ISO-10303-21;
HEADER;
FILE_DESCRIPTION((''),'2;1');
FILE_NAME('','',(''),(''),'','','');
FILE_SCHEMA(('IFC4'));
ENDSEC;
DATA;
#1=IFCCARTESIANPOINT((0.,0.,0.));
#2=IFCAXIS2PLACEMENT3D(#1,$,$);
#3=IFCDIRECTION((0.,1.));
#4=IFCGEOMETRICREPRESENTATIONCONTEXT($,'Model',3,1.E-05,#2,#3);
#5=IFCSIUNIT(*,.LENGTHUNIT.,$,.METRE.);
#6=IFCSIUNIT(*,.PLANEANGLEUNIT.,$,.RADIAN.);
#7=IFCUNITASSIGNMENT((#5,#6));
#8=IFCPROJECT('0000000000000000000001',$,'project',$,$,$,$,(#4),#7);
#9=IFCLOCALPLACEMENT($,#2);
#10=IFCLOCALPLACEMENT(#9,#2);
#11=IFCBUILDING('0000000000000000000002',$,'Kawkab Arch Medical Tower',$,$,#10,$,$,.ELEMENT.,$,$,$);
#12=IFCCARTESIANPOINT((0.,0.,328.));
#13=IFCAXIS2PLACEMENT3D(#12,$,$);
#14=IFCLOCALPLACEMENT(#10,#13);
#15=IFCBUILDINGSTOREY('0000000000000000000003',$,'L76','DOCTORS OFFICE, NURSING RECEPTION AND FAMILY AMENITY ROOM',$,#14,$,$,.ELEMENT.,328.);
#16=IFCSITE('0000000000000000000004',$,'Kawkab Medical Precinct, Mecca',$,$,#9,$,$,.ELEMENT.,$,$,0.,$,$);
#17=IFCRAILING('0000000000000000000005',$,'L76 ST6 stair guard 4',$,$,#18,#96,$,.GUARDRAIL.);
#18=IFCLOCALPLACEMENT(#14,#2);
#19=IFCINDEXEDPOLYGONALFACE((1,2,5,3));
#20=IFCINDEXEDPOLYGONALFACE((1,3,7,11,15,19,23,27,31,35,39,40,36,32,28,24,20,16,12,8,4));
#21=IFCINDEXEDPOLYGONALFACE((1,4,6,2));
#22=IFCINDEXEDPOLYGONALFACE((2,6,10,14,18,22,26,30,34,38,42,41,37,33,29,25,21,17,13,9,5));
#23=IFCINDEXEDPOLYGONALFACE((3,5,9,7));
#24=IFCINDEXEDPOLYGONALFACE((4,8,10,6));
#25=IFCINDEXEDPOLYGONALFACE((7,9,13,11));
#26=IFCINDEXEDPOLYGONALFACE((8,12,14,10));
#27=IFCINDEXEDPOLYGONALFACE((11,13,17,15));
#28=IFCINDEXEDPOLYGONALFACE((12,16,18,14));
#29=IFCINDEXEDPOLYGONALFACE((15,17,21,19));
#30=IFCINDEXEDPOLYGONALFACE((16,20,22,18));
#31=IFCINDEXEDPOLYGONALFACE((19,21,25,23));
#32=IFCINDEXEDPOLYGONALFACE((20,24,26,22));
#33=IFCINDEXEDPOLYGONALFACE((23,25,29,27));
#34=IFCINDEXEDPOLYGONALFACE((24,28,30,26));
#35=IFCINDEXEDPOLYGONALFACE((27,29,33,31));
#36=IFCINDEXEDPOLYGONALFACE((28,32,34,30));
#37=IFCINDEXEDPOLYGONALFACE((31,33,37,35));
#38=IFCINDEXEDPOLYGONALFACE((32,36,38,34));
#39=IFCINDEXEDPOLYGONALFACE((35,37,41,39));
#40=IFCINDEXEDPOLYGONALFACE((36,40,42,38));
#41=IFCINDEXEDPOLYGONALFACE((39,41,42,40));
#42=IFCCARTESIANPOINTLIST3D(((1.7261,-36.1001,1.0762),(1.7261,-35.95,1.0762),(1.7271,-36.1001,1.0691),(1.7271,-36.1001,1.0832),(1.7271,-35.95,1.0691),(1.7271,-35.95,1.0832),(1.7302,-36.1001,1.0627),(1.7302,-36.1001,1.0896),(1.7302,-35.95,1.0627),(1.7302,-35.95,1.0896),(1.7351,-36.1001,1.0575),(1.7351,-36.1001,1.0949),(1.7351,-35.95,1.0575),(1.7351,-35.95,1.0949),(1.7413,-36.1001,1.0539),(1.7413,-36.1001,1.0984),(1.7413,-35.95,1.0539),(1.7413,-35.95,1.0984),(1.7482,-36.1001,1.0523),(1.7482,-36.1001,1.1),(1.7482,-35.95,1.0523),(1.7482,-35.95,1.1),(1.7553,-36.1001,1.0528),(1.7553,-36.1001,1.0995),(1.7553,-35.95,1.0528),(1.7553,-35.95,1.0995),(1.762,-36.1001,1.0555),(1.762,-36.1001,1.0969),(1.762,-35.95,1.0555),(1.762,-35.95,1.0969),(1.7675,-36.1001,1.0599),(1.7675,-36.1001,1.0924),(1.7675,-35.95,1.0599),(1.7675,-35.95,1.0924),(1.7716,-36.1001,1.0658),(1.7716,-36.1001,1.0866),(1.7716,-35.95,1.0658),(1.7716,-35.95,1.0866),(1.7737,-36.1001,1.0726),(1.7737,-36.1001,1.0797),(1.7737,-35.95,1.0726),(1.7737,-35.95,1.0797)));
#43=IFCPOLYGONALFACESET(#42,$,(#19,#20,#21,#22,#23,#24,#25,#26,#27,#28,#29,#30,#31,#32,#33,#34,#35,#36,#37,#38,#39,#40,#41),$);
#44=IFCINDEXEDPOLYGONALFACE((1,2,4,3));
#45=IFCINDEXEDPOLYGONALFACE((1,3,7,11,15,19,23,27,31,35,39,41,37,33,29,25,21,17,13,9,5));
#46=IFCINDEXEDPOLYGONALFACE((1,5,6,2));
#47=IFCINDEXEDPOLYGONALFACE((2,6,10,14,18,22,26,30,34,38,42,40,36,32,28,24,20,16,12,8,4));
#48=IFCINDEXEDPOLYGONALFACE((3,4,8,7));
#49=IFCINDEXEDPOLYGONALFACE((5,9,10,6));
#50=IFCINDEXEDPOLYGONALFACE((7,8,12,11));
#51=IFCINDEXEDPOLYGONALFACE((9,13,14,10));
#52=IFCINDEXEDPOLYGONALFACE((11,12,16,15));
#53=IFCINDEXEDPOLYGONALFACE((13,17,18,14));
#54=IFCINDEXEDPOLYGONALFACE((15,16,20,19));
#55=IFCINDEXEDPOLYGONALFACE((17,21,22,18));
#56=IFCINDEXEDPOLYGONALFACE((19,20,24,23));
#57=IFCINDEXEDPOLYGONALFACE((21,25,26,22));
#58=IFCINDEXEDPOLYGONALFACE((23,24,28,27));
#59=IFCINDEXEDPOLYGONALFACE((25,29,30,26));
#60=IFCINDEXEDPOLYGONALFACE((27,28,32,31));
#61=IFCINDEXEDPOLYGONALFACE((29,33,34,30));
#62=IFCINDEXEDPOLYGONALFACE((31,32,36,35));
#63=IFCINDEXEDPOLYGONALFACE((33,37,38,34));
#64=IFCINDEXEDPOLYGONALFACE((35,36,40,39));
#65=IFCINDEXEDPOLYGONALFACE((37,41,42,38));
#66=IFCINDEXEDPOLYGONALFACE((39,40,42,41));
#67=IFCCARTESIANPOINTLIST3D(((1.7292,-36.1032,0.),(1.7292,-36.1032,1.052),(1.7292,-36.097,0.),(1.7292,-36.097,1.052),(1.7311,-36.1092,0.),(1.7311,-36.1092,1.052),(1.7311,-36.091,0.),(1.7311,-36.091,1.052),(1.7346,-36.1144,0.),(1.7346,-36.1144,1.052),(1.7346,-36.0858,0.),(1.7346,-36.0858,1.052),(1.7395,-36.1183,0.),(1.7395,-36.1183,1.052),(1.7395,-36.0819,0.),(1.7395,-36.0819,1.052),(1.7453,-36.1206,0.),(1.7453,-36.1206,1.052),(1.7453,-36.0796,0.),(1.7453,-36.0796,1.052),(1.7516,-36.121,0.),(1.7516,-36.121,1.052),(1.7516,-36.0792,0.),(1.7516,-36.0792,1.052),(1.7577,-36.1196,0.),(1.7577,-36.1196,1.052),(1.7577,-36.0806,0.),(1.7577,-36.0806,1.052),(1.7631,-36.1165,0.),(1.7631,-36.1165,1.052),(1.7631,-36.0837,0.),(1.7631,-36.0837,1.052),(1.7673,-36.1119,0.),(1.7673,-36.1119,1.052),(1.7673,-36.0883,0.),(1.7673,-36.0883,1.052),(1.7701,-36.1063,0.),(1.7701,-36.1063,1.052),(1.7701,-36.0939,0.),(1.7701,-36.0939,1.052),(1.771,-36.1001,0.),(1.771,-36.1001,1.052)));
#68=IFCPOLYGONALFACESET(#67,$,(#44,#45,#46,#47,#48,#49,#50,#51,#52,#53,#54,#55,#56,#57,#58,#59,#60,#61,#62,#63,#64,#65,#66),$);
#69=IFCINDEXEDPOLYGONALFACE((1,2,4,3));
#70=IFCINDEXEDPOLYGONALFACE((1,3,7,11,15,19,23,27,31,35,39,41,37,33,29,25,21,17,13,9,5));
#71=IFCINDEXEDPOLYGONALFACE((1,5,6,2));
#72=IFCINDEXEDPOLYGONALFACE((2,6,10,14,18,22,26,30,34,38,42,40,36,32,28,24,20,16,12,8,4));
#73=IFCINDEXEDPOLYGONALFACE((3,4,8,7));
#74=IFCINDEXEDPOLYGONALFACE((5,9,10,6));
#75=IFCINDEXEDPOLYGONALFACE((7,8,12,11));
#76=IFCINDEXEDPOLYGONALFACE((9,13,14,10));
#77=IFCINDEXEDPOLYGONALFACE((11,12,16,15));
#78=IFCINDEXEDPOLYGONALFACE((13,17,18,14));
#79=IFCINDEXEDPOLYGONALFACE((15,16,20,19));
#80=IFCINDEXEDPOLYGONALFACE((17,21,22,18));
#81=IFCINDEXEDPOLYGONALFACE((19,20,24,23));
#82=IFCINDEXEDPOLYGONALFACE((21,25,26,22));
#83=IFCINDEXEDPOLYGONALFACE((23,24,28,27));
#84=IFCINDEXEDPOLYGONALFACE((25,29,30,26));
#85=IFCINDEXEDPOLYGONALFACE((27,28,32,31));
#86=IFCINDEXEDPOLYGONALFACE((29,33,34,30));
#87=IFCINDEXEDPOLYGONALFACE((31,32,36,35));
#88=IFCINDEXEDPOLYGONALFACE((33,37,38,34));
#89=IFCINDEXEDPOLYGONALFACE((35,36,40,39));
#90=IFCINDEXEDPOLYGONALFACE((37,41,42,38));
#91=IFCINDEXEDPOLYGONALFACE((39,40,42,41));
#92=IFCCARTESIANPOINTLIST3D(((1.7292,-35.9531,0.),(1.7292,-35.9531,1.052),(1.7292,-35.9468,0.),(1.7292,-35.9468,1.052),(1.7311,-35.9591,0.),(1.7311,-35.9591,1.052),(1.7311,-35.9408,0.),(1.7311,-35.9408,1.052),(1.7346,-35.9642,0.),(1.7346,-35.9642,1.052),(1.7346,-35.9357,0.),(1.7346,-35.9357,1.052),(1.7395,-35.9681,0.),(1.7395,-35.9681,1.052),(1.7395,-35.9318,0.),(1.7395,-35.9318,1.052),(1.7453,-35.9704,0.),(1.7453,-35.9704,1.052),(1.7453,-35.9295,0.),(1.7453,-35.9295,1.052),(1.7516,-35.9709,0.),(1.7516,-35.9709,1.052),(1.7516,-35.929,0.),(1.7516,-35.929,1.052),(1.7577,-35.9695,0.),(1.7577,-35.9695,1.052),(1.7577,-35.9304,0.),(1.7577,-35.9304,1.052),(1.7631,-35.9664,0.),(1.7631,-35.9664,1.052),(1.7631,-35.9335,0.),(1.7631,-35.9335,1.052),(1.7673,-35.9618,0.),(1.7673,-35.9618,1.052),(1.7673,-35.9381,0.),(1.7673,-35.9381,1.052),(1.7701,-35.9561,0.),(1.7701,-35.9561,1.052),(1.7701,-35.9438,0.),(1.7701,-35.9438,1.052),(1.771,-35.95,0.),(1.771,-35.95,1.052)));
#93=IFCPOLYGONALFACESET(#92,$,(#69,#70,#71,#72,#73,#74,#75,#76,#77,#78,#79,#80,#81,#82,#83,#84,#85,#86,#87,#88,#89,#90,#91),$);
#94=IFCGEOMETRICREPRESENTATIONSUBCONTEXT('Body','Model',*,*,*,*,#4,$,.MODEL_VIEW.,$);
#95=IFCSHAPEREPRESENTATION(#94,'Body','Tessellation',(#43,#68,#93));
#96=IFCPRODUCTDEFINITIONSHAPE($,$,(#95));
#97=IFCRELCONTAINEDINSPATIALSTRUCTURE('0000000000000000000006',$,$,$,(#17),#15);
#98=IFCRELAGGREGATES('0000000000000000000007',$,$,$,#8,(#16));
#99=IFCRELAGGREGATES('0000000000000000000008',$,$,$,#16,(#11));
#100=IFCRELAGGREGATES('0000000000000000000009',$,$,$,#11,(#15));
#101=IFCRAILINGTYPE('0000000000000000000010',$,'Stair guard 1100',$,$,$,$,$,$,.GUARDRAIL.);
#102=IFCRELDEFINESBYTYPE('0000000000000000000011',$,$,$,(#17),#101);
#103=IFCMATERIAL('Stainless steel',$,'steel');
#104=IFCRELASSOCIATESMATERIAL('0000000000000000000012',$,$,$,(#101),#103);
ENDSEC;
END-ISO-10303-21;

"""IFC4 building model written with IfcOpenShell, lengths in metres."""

from ifc_helpers import new_model, si_unit, direction, frame, origin, origin_2d, place, context, subcontext, project, spatial, circle, extrude, material, type_object, element, save


model = new_model("IFC4")

# Units and contexts
model_context = context("Model", 3, precision=1e-05, world=origin(), true_north=direction((0.0, 1.0)))
body_context = subcontext(model_context, "Body", "Model", "MODEL_VIEW")
ifc_project = project(units=[si_unit("LENGTHUNIT", "METRE"), si_unit("PLANEANGLEUNIT", "RADIAN")], contexts=[model_context])

# Site, building, storey
site_placement = place(None, origin())
site = spatial("IfcSite", under=ifc_project, at=site_placement, Name="Kawkab Medical Precinct, Mecca", CompositionType="ELEMENT", RefElevation=0.0)
building_placement = place(site_placement, origin())
building = spatial("IfcBuilding", under=site, at=building_placement, Name="Kawkab Arch Medical Tower", CompositionType="ELEMENT")
storey_placement = place(building_placement, frame((0.0, 0.0, 328.0)))
storey = spatial("IfcBuildingStorey", under=building, at=storey_placement, Name="L76", Description="DOCTORS OFFICE, NURSING RECEPTION AND FAMILY AMENITY ROOM", CompositionType="ELEMENT", Elevation=328.0)

# Railing
ifc_material_1 = material(Name="Stainless steel", Category="steel")
railing_type_1 = type_object("IfcRailingType", Name="Stair guard 1100", PredefinedType="GUARDRAIL", material=ifc_material_1)
railing_1_placement = place(storey_placement, frame((1.75, -36.1001, 0.0)))
element("IfcRailing", 1, at=railing_1_placement, inside=storey, type_object=railing_type_1, Name="L76 ST6 stair guard 4", PredefinedType="GUARDRAIL", context=body_context, shape_type="SweptSolid", body=[
    extrude(circle(Radius=0.0239, at=origin_2d()), frame((0.0, 0.0, 1.0762), z_axis=(0.0, 1.0, 0.0), x_axis=(-1.0, 0.0, 0.0)), (0.0, 0.0, 1.0), 0.1501),
    extrude(circle(Radius=0.021, at=origin_2d()), origin(), (0.0, 0.0, 1.0), 1.052),
    extrude(circle(Radius=0.021, at=origin_2d()), frame((0.0, 0.1501, 0.0)), (0.0, 0.0, 1.0), 1.052),
])

save(model, "model.ifc")
